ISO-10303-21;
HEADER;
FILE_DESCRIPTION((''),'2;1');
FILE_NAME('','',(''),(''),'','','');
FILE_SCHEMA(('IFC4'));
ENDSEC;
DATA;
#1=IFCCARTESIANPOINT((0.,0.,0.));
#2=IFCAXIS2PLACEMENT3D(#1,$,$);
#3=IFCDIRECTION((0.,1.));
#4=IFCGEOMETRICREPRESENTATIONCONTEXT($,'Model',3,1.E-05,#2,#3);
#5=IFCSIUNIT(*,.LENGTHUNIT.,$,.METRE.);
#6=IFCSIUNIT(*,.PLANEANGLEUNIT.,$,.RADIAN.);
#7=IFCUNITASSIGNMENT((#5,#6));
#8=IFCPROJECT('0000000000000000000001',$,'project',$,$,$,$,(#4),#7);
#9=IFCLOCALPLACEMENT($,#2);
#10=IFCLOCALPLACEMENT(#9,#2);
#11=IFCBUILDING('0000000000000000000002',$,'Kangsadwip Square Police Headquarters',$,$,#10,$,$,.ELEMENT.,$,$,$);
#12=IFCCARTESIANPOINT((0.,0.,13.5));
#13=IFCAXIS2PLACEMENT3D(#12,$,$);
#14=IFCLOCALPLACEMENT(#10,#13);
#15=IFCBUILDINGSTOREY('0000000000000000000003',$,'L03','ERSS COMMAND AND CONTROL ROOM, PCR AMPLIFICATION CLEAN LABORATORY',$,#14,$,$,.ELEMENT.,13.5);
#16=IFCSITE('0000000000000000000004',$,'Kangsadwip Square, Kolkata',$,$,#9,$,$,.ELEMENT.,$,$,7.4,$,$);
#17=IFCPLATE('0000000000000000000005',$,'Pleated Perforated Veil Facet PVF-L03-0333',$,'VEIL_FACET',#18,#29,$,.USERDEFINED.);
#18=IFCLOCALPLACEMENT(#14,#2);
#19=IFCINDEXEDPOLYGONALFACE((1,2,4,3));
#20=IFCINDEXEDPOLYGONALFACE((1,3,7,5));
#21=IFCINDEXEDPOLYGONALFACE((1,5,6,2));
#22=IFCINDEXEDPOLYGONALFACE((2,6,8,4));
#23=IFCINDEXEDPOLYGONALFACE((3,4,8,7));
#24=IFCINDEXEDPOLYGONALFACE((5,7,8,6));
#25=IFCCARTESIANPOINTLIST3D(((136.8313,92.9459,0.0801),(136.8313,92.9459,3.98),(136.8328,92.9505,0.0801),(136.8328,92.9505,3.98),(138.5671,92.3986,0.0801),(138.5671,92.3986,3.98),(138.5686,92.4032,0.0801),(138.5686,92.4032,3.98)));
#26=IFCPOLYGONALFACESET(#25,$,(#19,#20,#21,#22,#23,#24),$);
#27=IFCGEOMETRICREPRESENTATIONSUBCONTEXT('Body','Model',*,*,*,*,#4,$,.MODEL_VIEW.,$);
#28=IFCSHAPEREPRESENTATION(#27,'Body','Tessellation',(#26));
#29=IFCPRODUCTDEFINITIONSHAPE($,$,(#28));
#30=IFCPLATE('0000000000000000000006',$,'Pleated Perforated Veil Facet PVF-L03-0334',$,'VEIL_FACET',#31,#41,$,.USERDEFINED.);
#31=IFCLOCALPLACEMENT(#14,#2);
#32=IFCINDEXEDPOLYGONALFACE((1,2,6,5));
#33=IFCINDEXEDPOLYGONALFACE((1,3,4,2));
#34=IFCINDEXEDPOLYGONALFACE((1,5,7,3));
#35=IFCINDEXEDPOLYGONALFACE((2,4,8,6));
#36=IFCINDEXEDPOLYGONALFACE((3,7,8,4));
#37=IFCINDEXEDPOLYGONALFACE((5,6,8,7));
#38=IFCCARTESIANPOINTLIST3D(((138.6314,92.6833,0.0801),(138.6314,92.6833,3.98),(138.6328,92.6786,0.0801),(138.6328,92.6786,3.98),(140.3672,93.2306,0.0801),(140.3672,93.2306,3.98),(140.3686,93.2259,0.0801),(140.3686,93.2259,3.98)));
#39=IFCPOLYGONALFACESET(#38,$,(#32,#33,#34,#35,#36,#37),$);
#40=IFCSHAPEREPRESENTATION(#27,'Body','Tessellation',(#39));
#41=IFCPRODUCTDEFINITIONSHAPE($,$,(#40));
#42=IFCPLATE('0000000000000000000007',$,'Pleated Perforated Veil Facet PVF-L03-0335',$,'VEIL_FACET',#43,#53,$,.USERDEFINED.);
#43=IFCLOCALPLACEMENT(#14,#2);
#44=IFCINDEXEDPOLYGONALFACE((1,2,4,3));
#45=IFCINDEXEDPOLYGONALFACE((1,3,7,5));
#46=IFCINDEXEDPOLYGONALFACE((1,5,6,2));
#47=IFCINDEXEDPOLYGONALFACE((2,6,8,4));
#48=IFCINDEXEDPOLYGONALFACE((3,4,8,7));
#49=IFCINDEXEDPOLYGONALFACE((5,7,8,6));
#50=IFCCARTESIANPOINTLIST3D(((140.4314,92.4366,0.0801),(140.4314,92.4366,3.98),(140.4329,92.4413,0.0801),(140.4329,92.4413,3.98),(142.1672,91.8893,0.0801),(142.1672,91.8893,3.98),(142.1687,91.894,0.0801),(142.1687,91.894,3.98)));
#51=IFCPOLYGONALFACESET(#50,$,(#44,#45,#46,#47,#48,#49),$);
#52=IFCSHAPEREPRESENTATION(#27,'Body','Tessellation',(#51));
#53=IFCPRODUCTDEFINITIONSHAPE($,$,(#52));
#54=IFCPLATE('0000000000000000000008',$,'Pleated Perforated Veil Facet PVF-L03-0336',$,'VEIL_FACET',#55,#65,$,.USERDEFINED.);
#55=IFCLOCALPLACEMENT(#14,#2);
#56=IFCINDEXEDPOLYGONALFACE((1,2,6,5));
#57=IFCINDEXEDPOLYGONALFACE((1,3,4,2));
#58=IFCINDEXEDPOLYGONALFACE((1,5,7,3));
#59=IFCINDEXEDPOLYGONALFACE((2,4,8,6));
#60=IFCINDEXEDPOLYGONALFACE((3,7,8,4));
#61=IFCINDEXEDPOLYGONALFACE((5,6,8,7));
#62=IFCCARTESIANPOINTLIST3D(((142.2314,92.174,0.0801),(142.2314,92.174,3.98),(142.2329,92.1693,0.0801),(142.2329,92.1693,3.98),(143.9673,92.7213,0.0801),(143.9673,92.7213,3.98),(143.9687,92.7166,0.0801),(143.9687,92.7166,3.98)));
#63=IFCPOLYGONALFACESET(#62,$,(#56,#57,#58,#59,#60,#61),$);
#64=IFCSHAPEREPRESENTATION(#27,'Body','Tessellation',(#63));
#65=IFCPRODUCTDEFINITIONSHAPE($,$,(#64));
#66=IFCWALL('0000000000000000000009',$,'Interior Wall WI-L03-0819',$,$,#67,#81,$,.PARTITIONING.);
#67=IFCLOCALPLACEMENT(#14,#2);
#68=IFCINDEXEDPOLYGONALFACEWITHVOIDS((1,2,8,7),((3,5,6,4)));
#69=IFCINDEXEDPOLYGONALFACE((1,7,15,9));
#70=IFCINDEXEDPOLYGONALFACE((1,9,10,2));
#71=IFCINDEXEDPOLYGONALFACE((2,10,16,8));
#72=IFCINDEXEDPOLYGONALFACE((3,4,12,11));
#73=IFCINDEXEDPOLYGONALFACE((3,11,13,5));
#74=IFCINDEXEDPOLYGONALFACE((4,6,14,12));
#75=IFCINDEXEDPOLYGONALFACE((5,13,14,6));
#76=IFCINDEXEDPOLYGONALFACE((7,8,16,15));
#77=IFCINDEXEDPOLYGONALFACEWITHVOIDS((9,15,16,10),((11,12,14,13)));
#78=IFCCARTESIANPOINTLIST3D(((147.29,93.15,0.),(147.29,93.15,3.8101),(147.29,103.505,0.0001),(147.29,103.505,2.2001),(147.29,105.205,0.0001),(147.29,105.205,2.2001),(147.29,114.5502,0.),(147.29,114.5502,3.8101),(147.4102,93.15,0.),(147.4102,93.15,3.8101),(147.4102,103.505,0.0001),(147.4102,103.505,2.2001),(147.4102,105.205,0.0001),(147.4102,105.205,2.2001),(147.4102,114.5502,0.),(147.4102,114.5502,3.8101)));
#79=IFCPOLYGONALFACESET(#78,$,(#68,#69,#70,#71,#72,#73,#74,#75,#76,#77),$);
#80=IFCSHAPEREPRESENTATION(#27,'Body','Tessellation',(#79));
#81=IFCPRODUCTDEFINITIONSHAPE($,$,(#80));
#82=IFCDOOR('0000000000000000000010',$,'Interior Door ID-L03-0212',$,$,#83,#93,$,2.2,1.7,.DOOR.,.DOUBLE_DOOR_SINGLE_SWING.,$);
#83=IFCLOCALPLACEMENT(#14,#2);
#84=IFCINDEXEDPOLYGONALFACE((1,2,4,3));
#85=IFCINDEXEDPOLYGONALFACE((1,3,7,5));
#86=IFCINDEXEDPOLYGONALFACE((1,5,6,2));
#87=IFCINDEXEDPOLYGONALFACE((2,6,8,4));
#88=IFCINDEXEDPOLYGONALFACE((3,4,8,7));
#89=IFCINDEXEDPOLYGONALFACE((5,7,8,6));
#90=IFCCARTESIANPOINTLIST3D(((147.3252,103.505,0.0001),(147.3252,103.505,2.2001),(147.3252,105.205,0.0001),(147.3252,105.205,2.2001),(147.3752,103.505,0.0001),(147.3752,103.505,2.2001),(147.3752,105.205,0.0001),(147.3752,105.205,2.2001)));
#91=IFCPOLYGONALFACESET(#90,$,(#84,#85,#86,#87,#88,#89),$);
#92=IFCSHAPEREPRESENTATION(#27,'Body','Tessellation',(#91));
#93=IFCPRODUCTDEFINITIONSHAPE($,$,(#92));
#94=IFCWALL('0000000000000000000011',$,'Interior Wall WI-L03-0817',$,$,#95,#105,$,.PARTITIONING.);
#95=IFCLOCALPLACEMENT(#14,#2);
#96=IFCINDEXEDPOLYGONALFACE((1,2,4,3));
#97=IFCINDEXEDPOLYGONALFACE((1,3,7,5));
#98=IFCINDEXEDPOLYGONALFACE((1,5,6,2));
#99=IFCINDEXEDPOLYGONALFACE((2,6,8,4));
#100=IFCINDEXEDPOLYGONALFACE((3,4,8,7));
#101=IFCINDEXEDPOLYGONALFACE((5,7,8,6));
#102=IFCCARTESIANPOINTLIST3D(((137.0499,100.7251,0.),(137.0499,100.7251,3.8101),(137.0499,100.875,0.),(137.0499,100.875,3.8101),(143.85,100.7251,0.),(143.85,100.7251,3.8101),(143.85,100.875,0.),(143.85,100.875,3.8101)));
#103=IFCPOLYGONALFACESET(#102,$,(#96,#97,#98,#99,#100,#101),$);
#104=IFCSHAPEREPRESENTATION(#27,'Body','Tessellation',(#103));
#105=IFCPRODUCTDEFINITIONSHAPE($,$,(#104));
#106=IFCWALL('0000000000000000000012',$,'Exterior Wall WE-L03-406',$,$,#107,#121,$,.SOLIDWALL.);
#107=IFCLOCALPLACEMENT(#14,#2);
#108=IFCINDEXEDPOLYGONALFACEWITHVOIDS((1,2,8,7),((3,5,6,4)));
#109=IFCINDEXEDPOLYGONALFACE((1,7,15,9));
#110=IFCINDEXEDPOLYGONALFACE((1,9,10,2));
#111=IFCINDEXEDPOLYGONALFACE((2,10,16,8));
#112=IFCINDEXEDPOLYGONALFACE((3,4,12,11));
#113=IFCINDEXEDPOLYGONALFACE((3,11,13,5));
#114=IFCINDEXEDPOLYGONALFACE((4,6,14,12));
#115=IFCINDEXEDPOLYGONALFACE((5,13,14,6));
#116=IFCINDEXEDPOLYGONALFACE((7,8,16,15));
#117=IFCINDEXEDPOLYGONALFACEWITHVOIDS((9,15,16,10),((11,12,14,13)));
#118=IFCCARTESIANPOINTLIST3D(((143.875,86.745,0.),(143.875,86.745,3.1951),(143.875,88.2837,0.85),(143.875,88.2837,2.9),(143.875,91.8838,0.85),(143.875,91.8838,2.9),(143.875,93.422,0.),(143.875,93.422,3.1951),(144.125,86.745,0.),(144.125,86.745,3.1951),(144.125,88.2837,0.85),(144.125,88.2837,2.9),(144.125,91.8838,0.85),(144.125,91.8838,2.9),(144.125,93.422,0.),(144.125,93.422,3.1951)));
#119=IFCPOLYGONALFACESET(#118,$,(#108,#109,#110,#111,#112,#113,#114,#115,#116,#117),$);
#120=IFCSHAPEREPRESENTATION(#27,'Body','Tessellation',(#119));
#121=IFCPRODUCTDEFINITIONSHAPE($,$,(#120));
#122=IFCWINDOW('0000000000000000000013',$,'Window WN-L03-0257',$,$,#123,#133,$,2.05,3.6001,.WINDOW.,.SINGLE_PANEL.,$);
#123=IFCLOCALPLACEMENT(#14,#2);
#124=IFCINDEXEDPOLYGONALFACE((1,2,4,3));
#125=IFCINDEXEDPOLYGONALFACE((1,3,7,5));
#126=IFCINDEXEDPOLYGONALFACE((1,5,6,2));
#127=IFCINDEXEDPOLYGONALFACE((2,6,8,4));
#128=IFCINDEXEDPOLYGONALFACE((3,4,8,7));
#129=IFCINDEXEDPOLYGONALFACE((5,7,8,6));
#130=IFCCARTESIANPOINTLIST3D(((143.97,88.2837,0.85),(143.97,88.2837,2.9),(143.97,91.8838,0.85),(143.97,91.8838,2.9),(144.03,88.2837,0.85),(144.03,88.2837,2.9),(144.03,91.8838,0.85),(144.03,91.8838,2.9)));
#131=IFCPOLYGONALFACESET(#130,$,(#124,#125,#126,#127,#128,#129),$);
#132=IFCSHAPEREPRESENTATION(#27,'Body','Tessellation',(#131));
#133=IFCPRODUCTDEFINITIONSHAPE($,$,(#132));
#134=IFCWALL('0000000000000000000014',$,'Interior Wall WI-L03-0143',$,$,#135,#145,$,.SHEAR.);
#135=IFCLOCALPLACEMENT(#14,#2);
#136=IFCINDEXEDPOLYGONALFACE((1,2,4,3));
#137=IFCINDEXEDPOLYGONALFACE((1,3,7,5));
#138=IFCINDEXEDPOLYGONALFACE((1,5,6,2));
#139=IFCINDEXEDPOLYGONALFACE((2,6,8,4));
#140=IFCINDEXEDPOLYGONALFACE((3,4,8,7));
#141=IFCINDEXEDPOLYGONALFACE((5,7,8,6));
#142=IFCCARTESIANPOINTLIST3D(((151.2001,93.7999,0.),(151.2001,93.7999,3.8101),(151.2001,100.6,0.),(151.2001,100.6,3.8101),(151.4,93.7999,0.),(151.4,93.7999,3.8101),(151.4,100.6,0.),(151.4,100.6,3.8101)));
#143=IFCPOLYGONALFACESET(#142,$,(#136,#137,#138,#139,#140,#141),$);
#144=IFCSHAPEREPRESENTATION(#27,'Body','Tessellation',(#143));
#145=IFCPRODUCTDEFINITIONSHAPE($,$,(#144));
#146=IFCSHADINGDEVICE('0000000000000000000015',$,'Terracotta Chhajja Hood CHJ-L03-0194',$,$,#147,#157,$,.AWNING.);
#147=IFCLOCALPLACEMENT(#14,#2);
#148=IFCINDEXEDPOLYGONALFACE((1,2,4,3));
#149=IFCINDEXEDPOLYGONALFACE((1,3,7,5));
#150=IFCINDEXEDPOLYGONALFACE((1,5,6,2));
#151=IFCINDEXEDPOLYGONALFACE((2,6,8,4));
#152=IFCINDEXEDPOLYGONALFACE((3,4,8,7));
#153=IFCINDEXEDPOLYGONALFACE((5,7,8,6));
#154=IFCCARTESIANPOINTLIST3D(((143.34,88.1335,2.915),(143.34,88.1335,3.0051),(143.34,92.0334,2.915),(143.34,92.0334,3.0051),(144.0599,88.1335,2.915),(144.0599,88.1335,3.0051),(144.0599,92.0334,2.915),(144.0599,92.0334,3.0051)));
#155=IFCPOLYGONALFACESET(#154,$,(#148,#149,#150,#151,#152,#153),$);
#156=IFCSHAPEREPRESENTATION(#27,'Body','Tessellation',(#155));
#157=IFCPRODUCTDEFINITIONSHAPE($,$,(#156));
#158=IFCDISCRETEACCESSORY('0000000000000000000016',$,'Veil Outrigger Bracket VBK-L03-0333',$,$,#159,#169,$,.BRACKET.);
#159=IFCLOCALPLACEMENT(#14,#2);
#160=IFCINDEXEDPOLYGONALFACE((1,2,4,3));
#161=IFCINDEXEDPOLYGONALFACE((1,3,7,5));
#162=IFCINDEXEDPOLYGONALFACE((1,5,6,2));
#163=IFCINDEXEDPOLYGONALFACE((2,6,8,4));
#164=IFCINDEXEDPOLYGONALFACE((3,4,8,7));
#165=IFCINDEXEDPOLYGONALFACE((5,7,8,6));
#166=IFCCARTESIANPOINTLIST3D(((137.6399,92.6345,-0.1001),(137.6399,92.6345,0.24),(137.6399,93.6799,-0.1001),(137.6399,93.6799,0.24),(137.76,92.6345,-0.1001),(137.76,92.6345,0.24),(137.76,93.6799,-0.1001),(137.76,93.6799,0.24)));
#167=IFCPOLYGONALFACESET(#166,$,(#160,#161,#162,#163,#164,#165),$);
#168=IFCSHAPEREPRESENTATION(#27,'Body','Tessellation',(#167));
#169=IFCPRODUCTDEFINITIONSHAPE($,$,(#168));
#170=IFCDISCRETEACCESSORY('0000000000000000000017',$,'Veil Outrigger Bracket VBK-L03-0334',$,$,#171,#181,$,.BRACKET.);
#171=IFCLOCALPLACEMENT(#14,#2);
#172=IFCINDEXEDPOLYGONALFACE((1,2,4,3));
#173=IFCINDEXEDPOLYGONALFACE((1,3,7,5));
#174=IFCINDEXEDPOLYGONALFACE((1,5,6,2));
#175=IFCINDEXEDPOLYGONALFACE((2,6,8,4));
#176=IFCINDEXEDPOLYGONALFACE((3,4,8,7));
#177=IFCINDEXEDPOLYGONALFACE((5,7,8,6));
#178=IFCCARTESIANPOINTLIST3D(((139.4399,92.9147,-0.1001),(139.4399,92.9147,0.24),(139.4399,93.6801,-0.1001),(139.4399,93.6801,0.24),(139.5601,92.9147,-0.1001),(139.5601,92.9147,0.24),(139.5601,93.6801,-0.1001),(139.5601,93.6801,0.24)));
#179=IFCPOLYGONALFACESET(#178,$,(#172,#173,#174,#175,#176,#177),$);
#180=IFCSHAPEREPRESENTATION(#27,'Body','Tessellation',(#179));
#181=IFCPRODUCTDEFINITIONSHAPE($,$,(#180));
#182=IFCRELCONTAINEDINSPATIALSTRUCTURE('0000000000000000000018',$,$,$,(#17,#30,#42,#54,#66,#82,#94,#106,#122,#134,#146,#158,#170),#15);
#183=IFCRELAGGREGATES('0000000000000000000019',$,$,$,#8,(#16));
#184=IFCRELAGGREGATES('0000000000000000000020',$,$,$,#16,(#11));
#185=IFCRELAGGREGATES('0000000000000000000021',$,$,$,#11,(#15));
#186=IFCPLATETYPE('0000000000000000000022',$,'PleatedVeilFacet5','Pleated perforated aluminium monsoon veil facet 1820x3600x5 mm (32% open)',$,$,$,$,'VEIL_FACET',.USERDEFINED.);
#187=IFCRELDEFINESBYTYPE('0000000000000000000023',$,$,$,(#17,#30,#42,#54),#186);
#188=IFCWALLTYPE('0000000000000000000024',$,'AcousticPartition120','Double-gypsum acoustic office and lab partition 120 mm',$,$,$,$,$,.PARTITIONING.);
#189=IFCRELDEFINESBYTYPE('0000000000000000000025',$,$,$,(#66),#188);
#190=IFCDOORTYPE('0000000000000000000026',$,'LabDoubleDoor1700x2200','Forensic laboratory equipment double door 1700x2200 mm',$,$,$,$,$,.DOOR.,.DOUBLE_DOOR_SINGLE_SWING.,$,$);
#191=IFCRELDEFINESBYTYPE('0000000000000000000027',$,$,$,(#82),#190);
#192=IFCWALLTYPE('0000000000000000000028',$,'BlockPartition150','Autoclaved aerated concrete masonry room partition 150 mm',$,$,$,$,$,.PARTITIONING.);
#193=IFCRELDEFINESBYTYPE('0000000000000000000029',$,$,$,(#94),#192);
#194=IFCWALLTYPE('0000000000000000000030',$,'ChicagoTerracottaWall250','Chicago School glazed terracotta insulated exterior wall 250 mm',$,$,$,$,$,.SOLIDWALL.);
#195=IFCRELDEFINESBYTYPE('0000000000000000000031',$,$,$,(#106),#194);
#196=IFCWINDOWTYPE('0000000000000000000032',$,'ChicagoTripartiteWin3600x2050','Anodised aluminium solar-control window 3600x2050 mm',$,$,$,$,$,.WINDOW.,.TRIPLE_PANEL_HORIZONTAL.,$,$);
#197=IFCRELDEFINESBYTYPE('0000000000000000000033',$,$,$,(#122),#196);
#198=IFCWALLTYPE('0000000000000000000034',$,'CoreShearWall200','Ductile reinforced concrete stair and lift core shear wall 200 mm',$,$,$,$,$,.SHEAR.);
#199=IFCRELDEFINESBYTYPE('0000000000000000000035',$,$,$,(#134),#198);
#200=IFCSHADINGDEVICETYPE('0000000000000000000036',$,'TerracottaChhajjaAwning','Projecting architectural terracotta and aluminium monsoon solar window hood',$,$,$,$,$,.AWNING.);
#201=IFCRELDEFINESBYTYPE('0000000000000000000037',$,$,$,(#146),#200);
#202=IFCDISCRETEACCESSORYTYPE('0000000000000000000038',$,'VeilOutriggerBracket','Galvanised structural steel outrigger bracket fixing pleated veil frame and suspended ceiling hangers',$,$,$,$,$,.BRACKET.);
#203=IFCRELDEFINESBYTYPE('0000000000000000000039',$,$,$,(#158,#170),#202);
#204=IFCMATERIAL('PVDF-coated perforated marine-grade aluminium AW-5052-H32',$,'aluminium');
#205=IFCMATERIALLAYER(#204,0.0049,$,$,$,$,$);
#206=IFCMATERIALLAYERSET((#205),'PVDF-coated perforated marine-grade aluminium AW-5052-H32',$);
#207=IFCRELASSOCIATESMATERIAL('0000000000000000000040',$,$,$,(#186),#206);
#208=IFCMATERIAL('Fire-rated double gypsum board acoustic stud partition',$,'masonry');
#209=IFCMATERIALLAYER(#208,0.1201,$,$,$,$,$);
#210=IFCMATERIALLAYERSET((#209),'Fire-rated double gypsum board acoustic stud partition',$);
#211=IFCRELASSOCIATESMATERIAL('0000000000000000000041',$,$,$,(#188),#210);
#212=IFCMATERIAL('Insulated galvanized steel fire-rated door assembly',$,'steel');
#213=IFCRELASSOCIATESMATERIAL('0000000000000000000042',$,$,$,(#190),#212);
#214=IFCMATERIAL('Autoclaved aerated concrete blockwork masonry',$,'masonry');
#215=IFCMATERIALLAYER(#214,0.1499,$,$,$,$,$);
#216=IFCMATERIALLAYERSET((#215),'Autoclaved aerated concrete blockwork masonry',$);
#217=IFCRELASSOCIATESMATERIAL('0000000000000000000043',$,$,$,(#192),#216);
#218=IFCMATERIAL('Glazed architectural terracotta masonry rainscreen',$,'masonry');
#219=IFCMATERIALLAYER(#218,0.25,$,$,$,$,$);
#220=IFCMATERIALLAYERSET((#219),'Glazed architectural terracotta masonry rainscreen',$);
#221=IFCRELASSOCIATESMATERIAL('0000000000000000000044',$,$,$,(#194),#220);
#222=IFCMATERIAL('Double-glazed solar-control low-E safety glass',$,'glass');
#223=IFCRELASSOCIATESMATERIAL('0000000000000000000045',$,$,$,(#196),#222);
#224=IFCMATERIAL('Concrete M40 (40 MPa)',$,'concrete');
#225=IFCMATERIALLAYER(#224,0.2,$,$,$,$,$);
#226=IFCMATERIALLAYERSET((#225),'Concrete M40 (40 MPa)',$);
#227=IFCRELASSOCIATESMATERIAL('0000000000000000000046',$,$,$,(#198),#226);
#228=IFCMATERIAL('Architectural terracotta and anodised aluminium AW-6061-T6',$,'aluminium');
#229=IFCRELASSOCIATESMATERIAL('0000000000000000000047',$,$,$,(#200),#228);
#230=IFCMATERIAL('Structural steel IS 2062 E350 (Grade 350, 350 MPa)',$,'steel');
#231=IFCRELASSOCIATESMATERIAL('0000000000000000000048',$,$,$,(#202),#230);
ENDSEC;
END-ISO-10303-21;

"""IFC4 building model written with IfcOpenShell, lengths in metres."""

from ifc_helpers import new_model, si_unit, direction, frame, frame_2d, origin, origin_2d, place, context, subcontext, project, spatial, rectangle, extrude, material, layer, layer_set, type_object, element, fill, save


model = new_model("IFC4")

# Units and contexts
model_context = context("Model", 3, precision=1e-05, world=origin(), true_north=direction((0.0, 1.0)))
body_context = subcontext(model_context, "Body", "Model", "MODEL_VIEW")
ifc_project = project(units=[si_unit("LENGTHUNIT", "METRE"), si_unit("PLANEANGLEUNIT", "RADIAN")], contexts=[model_context])

# Site, building, storey
site_placement = place(None, origin())
site = spatial("IfcSite", under=ifc_project, at=site_placement, Name="Kangsadwip Square, Kolkata", CompositionType="ELEMENT", RefElevation=7.4)
building_placement = place(site_placement, origin())
building = spatial("IfcBuilding", under=site, at=building_placement, Name="Kangsadwip Square Police Headquarters", CompositionType="ELEMENT")
storey_placement = place(building_placement, frame((0.0, 0.0, 13.5)))
storey = spatial("IfcBuildingStorey", under=building, at=storey_placement, Name="L03", Description="ERSS COMMAND AND CONTROL ROOM, PCR AMPLIFICATION CLEAN LABORATORY", CompositionType="ELEMENT", Elevation=13.5)

# Plates
ifc_material_1 = material(Name="PVDF-coated perforated marine-grade aluminium AW-5052-H32", Category="aluminium")
ifc_layer_1 = layer(ifc_material_1, 0.0049)
ifc_layer_set_1 = layer_set([ifc_layer_1], Name="PVDF-coated perforated marine-grade aluminium AW-5052-H32")
plate_type_1 = type_object("IfcPlateType", Name="PleatedVeilFacet5", Description="Pleated perforated aluminium monsoon veil facet 1820x3600x5 mm (32% open)", ElementType="VEIL_FACET", PredefinedType="USERDEFINED", material=ifc_layer_set_1)
for number, where, z_axis, x_axis, name in (
    (1, (137.7, 92.6746, 0.0801), (0.0, 0.0, 1.0), (0.953717, -0.300706, 0.0), "Pleated Perforated Veil Facet PVF-L03-0333"),
    (2, (139.5, 92.9546, 0.0801), (0.0, 0.0, 1.0), (0.953717, 0.300706, 0.0), "Pleated Perforated Veil Facet PVF-L03-0334"),
    (3, (141.3, 92.1653, 0.0801), (0.0, 0.0, 1.0), (0.953717, -0.300706, 0.0), "Pleated Perforated Veil Facet PVF-L03-0335"),
    (4, (143.1001, 92.4453, 0.0801), (0.0, 0.0, 1.0), (0.953717, 0.300706, 0.0), "Pleated Perforated Veil Facet PVF-L03-0336"),
):
    element("IfcPlate", number, at=place(storey_placement, frame(where, z_axis=z_axis, x_axis=x_axis)), inside=storey, type_object=plate_type_1, Name=name, ObjectType="VEIL_FACET", PredefinedType="USERDEFINED", context=body_context, shape_type="SweptSolid", body=[
        extrude(rectangle(XDim=1.8201, YDim=0.0049, at=origin_2d()), origin(), (0.0, 0.0, 1.0), 3.8999),
    ])

# Wall, opening, door
ifc_material_2 = material(Name="Fire-rated double gypsum board acoustic stud partition", Category="masonry")
ifc_layer_2 = layer(ifc_material_2, 0.1201)
ifc_layer_set_2 = layer_set([ifc_layer_2], Name="Fire-rated double gypsum board acoustic stud partition")
wall_type_1 = type_object("IfcWallType", Name="AcousticPartition120", Description="Double-gypsum acoustic office and lab partition 120 mm", PredefinedType="PARTITIONING", material=ifc_layer_set_2)
wall_1_placement = place(storey_placement, frame((147.3501, 93.1499, 0.0), z_axis=(0.0, 0.0, 1.0), x_axis=(0.0, 1.0, 0.0)))
wall_1 = element("IfcWall", 5, at=wall_1_placement, inside=storey, type_object=wall_type_1, Name="Interior Wall WI-L03-0819", PredefinedType="PARTITIONING", context=body_context, shape_type="SweptSolid", body=[
    extrude(rectangle(XDim=21.4001, YDim=0.1201, at=frame_2d((10.7002, 0.0))), origin(), (0.0, 0.0, 1.0), 3.8101),
])
opening_1_placement = place(wall_1_placement, frame((10.355, 0.0, 0.0)))
opening_1 = element("IfcOpeningElement", 6, at=opening_1_placement, cuts=wall_1, PredefinedType="OPENING", context=body_context, shape_type="SweptSolid", body=[
    extrude(rectangle(XDim=1.7, YDim=2.2, at=frame_2d((0.8501, 1.1001))), frame((0.0, 0.0701, 0.0), z_axis=(0.0, -1.0, 0.0), x_axis=(1.0, 0.0, 0.0)), (0.0, 0.0, 1.0), 0.1401),
])
ifc_material_3 = material(Name="Insulated galvanized steel fire-rated door assembly", Category="steel")
door_type = type_object("IfcDoorType", Name="LabDoubleDoor1700x2200", Description="Forensic laboratory equipment double door 1700x2200 mm", OperationType="DOUBLE_DOOR_SINGLE_SWING", PredefinedType="DOOR", material=ifc_material_3)
door_placement = place(opening_1_placement, origin())
door = element("IfcDoor", 7, at=door_placement, inside=storey, type_object=door_type, Name="Interior Door ID-L03-0212", OperationType="DOUBLE_DOOR_SINGLE_SWING", OverallHeight=2.2, OverallWidth=1.7, PredefinedType="DOOR", context=body_context, shape_type="SweptSolid", body=[
    extrude(rectangle(XDim=1.7, YDim=2.2, at=frame_2d((0.8501, 1.1001))), frame((0.0, 0.0249, 0.0), z_axis=(0.0, -1.0, 0.0), x_axis=(1.0, 0.0, 0.0)), (0.0, 0.0, 1.0), 0.05),
])
fill(opening_1, door)

# Wall
ifc_material_4 = material(Name="Autoclaved aerated concrete blockwork masonry", Category="masonry")
ifc_layer_3 = layer(ifc_material_4, 0.1499)
ifc_layer_set_3 = layer_set([ifc_layer_3], Name="Autoclaved aerated concrete blockwork masonry")
wall_type_2 = type_object("IfcWallType", Name="BlockPartition150", Description="Autoclaved aerated concrete masonry room partition 150 mm", PredefinedType="PARTITIONING", material=ifc_layer_set_3)
wall_2_placement = place(storey_placement, frame((137.05, 100.8, 0.0), z_axis=(0.0, 0.0, 1.0), x_axis=(1.0, 0.0, 0.0)))
element("IfcWall", 8, at=wall_2_placement, inside=storey, type_object=wall_type_2, Name="Interior Wall WI-L03-0817", PredefinedType="PARTITIONING", context=body_context, shape_type="SweptSolid", body=[
    extrude(rectangle(XDim=6.8, YDim=0.1499, at=frame_2d((3.3999, 0.0))), origin(), (0.0, 0.0, 1.0), 3.8101),
])

# Wall, opening, window
ifc_material_5 = material(Name="Glazed architectural terracotta masonry rainscreen", Category="masonry")
ifc_layer_4 = layer(ifc_material_5, 0.25)
ifc_layer_set_4 = layer_set([ifc_layer_4], Name="Glazed architectural terracotta masonry rainscreen")
wall_type_3 = type_object("IfcWallType", Name="ChicagoTerracottaWall250", Description="Chicago School glazed terracotta insulated exterior wall 250 mm", PredefinedType="SOLIDWALL", material=ifc_layer_set_4)
wall_3_placement = place(storey_placement, frame((144.0, 86.7451, 0.0), z_axis=(0.0, 0.0, 1.0), x_axis=(0.0, 1.0, 0.0)))
wall_3 = element("IfcWall", 9, at=wall_3_placement, inside=storey, type_object=wall_type_3, Name="Exterior Wall WE-L03-406", PredefinedType="SOLIDWALL", context=body_context, shape_type="SweptSolid", body=[
    extrude(rectangle(XDim=6.677, YDim=0.25, at=frame_2d((3.3384, 0.0))), origin(), (0.0, 0.0, 1.0), 3.1951),
])
opening_2_placement = place(wall_3_placement, frame((1.5386, 0.0, 0.8501)))
opening_2 = element("IfcOpeningElement", 10, at=opening_2_placement, cuts=wall_3, PredefinedType="OPENING", context=body_context, shape_type="SweptSolid", body=[
    extrude(rectangle(XDim=3.6001, YDim=2.05, at=frame_2d((1.8, 1.0249))), frame((0.0, 0.135, 0.0), z_axis=(0.0, -1.0, 0.0), x_axis=(1.0, 0.0, 0.0)), (0.0, 0.0, 1.0), 0.27),
])
ifc_material_6 = material(Name="Double-glazed solar-control low-E safety glass", Category="glass")
window_type = type_object("IfcWindowType", Name="ChicagoTripartiteWin3600x2050", Description="Anodised aluminium solar-control window 3600x2050 mm", PartitioningType="TRIPLE_PANEL_HORIZONTAL", PredefinedType="WINDOW", material=ifc_material_6)
window_placement = place(opening_2_placement, origin())
window = element("IfcWindow", 11, at=window_placement, inside=storey, type_object=window_type, Name="Window WN-L03-0257", OverallHeight=2.05, OverallWidth=3.6001, PartitioningType="SINGLE_PANEL", PredefinedType="WINDOW", context=body_context, shape_type="SweptSolid", body=[
    extrude(rectangle(XDim=3.6001, YDim=2.05, at=frame_2d((1.8, 1.0249))), frame((0.0, 0.03, 0.0), z_axis=(0.0, -1.0, 0.0), x_axis=(1.0, 0.0, 0.0)), (0.0, 0.0, 1.0), 0.0601),
])
fill(opening_2, window)

# Wall
ifc_material_7 = material(Name="Concrete M40 (40 MPa)", Category="concrete")
ifc_layer_5 = layer(ifc_material_7, 0.2)
ifc_layer_set_5 = layer_set([ifc_layer_5], Name="Concrete M40 (40 MPa)")
wall_type_4 = type_object("IfcWallType", Name="CoreShearWall200", Description="Ductile reinforced concrete stair and lift core shear wall 200 mm", PredefinedType="SHEAR", material=ifc_layer_set_5)
wall_4_placement = place(storey_placement, frame((151.3, 93.8, 0.0), z_axis=(0.0, 0.0, 1.0), x_axis=(0.0, 1.0, 0.0)))
element("IfcWall", 12, at=wall_4_placement, inside=storey, type_object=wall_type_4, Name="Interior Wall WI-L03-0143", PredefinedType="SHEAR", context=body_context, shape_type="SweptSolid", body=[
    extrude(rectangle(XDim=6.8, YDim=0.2, at=frame_2d((3.3999, 0.0))), origin(), (0.0, 0.0, 1.0), 3.8101),
])

# Shading device
ifc_material_8 = material(Name="Architectural terracotta and anodised aluminium AW-6061-T6", Category="aluminium")
shading_device_type = type_object("IfcShadingDeviceType", Name="TerracottaChhajjaAwning", Description="Projecting architectural terracotta and aluminium monsoon solar window hood", PredefinedType="AWNING", material=ifc_material_8)
shading_device_placement = place(storey_placement, frame((143.7, 90.0835, 2.915), z_axis=(0.0, 0.0, 1.0), x_axis=(0.0, 1.0, 0.0)))
element("IfcShadingDevice", 13, at=shading_device_placement, inside=storey, type_object=shading_device_type, Name="Terracotta Chhajja Hood CHJ-L03-0194", PredefinedType="AWNING", context=body_context, shape_type="SweptSolid", body=[
    extrude(rectangle(XDim=3.8999, YDim=0.72, at=origin_2d()), origin(), (0.0, 0.0, 1.0), 0.0901),
])

# Discrete accessories
ifc_material_9 = material(Name="Structural steel IS 2062 E350 (Grade 350, 350 MPa)", Category="steel")
discrete_accessory_type = type_object("IfcDiscreteAccessoryType", Name="VeilOutriggerBracket", Description="Galvanised structural steel outrigger bracket fixing pleated veil frame and suspended ceiling hangers", PredefinedType="BRACKET", material=ifc_material_9)
discrete_accessory_1_placement = place(storey_placement, frame((137.7, 93.1572, -0.1001), z_axis=(0.0, 0.0, 1.0), x_axis=(1.0, 0.0, 0.0)))
element("IfcDiscreteAccessory", 14, at=discrete_accessory_1_placement, inside=storey, type_object=discrete_accessory_type, Name="Veil Outrigger Bracket VBK-L03-0333", PredefinedType="BRACKET", context=body_context, shape_type="SweptSolid", body=[
    extrude(rectangle(XDim=0.1201, YDim=1.0454, at=origin_2d()), origin(), (0.0, 0.0, 1.0), 0.3401),
])
discrete_accessory_2_placement = place(storey_placement, frame((139.5, 93.2974, -0.1001), z_axis=(0.0, 0.0, 1.0), x_axis=(1.0, 0.0, 0.0)))
element("IfcDiscreteAccessory", 15, at=discrete_accessory_2_placement, inside=storey, type_object=discrete_accessory_type, Name="Veil Outrigger Bracket VBK-L03-0334", PredefinedType="BRACKET", context=body_context, shape_type="SweptSolid", body=[
    extrude(rectangle(XDim=0.1201, YDim=0.7654, at=origin_2d()), origin(), (0.0, 0.0, 1.0), 0.3401),
])

save(model, "model.ifc")
